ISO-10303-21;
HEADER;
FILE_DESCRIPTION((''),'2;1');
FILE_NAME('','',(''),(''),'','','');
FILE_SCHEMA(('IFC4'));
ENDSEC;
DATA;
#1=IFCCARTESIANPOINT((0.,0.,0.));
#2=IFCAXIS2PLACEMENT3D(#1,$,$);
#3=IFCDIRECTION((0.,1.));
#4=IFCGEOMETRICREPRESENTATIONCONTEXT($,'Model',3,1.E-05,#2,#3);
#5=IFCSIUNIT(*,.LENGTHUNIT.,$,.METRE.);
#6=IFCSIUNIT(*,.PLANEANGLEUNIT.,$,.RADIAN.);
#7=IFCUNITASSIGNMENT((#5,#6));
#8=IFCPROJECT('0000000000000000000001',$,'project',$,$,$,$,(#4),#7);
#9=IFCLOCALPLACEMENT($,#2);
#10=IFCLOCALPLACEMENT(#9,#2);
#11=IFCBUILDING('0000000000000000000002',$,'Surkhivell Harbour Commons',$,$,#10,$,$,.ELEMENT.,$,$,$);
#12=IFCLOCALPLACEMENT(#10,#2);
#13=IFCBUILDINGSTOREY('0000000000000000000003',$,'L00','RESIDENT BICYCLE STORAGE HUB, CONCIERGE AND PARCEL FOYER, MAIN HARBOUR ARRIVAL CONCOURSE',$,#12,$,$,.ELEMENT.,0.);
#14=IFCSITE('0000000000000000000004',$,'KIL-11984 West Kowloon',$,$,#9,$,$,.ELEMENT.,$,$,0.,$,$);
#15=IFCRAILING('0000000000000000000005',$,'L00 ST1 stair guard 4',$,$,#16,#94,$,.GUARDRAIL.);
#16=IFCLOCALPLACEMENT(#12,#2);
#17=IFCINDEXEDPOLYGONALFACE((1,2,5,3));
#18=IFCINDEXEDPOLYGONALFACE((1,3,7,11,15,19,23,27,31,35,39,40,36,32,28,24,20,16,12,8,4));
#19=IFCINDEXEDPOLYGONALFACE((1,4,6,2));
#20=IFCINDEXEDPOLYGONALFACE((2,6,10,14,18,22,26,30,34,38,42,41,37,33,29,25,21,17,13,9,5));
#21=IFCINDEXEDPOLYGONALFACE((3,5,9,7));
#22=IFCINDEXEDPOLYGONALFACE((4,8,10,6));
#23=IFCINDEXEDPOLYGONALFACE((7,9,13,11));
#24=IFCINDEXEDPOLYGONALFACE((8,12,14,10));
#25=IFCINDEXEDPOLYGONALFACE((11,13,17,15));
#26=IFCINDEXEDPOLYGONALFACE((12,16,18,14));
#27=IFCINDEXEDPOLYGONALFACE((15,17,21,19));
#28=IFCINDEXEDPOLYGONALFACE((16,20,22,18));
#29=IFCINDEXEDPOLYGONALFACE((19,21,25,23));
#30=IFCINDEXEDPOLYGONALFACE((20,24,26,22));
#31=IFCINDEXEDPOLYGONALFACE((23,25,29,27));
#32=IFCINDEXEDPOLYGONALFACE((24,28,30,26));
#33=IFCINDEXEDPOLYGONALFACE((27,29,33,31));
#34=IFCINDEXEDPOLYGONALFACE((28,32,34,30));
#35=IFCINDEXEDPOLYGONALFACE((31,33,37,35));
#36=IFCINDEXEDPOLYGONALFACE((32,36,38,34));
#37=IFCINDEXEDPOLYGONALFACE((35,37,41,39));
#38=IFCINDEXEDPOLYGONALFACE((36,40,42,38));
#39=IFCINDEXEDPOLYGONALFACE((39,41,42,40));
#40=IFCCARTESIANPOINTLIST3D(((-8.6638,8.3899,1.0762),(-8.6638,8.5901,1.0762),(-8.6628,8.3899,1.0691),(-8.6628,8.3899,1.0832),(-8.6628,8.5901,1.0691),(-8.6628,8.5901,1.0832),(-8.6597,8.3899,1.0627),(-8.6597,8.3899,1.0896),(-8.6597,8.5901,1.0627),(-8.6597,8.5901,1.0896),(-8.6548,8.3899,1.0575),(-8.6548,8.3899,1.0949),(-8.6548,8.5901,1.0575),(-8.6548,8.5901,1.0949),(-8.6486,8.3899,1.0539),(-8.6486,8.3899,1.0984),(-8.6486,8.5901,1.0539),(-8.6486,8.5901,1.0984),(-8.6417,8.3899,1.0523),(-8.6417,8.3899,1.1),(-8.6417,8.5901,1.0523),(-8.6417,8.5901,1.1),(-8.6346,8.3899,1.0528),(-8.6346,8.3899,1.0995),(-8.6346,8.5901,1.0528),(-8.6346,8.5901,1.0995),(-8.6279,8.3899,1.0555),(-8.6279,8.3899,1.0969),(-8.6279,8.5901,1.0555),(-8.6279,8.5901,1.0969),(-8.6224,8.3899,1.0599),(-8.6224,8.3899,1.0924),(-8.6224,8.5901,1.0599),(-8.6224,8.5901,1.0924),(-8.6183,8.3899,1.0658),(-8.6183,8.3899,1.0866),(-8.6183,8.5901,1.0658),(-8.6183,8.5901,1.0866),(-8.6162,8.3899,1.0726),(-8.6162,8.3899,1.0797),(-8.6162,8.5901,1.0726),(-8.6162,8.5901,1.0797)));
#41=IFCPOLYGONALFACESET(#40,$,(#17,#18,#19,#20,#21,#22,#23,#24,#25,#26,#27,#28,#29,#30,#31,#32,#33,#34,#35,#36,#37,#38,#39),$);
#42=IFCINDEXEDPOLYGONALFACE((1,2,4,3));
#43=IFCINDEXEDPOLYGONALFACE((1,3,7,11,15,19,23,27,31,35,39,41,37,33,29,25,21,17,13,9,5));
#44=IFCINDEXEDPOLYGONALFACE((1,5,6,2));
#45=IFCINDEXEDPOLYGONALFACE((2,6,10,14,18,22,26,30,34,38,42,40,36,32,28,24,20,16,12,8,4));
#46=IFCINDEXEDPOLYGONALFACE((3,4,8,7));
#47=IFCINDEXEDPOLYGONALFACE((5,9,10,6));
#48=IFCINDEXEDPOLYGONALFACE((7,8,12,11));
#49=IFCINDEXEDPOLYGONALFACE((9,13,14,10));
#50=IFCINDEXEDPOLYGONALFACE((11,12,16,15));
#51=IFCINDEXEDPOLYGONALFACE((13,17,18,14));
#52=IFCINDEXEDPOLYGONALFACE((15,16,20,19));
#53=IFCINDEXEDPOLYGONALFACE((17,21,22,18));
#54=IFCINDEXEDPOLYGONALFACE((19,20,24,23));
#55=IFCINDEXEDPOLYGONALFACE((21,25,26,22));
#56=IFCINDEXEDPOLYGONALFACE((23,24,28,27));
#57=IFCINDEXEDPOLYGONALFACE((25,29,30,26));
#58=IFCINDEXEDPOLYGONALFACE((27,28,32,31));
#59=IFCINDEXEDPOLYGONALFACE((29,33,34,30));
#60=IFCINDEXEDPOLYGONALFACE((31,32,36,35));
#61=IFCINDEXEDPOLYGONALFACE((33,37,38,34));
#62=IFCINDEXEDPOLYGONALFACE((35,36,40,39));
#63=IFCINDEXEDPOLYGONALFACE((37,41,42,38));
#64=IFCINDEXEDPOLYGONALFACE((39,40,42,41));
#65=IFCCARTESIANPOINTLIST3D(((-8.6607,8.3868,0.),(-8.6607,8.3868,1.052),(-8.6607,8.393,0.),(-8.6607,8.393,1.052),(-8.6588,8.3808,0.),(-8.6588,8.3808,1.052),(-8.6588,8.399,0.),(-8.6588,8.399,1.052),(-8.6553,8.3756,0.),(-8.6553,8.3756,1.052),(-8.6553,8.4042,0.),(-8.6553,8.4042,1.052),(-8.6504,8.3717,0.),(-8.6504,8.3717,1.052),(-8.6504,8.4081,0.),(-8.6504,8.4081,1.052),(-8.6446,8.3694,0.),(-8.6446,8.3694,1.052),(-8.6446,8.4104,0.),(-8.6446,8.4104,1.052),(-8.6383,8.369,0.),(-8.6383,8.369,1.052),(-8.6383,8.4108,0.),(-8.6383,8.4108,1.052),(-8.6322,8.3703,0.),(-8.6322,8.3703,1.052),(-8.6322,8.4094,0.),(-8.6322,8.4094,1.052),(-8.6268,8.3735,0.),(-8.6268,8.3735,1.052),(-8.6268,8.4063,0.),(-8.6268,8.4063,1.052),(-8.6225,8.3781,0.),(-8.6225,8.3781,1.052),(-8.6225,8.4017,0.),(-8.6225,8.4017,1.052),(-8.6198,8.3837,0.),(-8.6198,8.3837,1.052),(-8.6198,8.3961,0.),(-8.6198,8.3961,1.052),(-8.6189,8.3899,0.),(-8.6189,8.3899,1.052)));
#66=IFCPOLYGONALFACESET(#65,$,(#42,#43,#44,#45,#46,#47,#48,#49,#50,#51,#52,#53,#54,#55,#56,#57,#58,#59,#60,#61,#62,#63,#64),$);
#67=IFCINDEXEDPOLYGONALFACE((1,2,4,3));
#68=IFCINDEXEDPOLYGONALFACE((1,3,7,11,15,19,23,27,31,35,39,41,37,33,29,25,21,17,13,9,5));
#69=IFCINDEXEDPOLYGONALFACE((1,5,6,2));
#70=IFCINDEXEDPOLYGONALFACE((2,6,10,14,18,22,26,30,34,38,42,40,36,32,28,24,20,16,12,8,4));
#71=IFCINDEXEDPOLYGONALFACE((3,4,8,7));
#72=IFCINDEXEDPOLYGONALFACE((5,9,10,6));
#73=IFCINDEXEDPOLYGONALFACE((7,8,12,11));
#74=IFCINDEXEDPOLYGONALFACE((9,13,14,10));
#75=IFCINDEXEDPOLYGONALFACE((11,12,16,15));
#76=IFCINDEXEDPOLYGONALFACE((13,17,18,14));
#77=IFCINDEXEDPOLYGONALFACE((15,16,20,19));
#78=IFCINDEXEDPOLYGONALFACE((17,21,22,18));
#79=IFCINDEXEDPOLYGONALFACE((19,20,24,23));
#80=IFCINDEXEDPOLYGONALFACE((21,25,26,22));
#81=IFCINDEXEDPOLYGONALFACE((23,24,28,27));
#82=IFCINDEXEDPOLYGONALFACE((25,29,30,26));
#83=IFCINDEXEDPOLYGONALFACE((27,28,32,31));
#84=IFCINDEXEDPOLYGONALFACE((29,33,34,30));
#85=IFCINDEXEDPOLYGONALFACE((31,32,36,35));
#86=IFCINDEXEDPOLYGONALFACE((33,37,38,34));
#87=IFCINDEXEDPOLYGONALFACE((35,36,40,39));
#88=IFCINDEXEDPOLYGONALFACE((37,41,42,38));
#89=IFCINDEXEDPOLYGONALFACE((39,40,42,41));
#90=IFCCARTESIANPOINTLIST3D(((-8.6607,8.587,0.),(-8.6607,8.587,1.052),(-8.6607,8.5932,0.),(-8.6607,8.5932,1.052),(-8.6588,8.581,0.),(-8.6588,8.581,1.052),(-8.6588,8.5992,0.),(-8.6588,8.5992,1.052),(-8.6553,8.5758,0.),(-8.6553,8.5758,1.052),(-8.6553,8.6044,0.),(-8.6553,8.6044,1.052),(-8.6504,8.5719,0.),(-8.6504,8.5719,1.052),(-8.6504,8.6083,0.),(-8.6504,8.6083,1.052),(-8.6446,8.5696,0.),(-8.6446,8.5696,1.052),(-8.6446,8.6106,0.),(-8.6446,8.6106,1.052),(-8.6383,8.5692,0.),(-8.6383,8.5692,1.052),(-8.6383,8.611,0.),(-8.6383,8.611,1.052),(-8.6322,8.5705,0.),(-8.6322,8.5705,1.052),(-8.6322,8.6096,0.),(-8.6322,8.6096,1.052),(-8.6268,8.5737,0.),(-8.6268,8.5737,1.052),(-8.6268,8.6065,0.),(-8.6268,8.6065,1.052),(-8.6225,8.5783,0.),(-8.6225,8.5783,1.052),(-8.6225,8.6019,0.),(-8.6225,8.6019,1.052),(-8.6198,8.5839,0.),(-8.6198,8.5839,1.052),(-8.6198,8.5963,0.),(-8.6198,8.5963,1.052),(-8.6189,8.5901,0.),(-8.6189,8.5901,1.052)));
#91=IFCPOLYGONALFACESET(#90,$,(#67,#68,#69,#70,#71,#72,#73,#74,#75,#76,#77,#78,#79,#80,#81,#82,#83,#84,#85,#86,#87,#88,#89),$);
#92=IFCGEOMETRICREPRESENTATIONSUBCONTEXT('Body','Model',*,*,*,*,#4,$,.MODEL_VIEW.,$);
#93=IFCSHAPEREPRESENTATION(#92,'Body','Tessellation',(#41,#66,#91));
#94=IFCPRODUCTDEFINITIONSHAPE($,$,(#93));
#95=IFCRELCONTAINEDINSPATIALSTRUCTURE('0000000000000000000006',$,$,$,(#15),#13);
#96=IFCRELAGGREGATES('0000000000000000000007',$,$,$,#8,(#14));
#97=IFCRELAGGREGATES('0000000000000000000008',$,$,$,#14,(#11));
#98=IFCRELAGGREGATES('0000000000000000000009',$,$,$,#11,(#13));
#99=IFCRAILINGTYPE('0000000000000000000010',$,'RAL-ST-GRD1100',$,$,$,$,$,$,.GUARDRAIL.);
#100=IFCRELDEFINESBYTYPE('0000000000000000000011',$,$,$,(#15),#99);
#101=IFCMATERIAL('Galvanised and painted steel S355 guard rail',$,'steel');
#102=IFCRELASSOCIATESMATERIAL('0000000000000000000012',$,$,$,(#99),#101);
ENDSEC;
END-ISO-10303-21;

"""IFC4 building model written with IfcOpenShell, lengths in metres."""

from ifc_helpers import new_model, si_unit, direction, frame, origin, origin_2d, place, context, subcontext, project, spatial, circle, extrude, material, type_object, element, save


model = new_model("IFC4")

# Units and contexts
model_context = context("Model", 3, precision=1e-05, world=origin(), true_north=direction((0.0, 1.0)))
body_context = subcontext(model_context, "Body", "Model", "MODEL_VIEW")
ifc_project = project(units=[si_unit("LENGTHUNIT", "METRE"), si_unit("PLANEANGLEUNIT", "RADIAN")], contexts=[model_context])

# Site, building, storey
site_placement = place(None, origin())
site = spatial("IfcSite", under=ifc_project, at=site_placement, Name="KIL-11984 West Kowloon", CompositionType="ELEMENT", RefElevation=0.0)
building_placement = place(site_placement, origin())
building = spatial("IfcBuilding", under=site, at=building_placement, Name="Surkhivell Harbour Commons", CompositionType="ELEMENT")
storey_placement = place(building_placement, origin())
storey = spatial("IfcBuildingStorey", under=building, at=storey_placement, Name="L00", Description="RESIDENT BICYCLE STORAGE HUB, CONCIERGE AND PARCEL FOYER, MAIN HARBOUR ARRIVAL CONCOURSE", CompositionType="ELEMENT", Elevation=0.0)

# Railing
ifc_material_1 = material(Name="Galvanised and painted steel S355 guard rail", Category="steel")
railing_type_1 = type_object("IfcRailingType", Name="RAL-ST-GRD1100", PredefinedType="GUARDRAIL", material=ifc_material_1)
railing_1_placement = place(storey_placement, frame((-8.6399, 8.3899, 0.0)))
element("IfcRailing", 1, at=railing_1_placement, inside=storey, type_object=railing_type_1, Name="L00 ST1 stair guard 4", PredefinedType="GUARDRAIL", context=body_context, shape_type="SweptSolid", body=[
    extrude(circle(Radius=0.0239, at=origin_2d()), frame((0.0, 0.0, 1.0762), z_axis=(0.0, 1.0, 0.0), x_axis=(-1.0, 0.0, 0.0)), (0.0, 0.0, 1.0), 0.2002),
    extrude(circle(Radius=0.021, at=origin_2d()), origin(), (0.0, 0.0, 1.0), 1.052),
    extrude(circle(Radius=0.021, at=origin_2d()), frame((0.0, 0.2002, 0.0)), (0.0, 0.0, 1.0), 1.052),
])

save(model, "model.ifc")
